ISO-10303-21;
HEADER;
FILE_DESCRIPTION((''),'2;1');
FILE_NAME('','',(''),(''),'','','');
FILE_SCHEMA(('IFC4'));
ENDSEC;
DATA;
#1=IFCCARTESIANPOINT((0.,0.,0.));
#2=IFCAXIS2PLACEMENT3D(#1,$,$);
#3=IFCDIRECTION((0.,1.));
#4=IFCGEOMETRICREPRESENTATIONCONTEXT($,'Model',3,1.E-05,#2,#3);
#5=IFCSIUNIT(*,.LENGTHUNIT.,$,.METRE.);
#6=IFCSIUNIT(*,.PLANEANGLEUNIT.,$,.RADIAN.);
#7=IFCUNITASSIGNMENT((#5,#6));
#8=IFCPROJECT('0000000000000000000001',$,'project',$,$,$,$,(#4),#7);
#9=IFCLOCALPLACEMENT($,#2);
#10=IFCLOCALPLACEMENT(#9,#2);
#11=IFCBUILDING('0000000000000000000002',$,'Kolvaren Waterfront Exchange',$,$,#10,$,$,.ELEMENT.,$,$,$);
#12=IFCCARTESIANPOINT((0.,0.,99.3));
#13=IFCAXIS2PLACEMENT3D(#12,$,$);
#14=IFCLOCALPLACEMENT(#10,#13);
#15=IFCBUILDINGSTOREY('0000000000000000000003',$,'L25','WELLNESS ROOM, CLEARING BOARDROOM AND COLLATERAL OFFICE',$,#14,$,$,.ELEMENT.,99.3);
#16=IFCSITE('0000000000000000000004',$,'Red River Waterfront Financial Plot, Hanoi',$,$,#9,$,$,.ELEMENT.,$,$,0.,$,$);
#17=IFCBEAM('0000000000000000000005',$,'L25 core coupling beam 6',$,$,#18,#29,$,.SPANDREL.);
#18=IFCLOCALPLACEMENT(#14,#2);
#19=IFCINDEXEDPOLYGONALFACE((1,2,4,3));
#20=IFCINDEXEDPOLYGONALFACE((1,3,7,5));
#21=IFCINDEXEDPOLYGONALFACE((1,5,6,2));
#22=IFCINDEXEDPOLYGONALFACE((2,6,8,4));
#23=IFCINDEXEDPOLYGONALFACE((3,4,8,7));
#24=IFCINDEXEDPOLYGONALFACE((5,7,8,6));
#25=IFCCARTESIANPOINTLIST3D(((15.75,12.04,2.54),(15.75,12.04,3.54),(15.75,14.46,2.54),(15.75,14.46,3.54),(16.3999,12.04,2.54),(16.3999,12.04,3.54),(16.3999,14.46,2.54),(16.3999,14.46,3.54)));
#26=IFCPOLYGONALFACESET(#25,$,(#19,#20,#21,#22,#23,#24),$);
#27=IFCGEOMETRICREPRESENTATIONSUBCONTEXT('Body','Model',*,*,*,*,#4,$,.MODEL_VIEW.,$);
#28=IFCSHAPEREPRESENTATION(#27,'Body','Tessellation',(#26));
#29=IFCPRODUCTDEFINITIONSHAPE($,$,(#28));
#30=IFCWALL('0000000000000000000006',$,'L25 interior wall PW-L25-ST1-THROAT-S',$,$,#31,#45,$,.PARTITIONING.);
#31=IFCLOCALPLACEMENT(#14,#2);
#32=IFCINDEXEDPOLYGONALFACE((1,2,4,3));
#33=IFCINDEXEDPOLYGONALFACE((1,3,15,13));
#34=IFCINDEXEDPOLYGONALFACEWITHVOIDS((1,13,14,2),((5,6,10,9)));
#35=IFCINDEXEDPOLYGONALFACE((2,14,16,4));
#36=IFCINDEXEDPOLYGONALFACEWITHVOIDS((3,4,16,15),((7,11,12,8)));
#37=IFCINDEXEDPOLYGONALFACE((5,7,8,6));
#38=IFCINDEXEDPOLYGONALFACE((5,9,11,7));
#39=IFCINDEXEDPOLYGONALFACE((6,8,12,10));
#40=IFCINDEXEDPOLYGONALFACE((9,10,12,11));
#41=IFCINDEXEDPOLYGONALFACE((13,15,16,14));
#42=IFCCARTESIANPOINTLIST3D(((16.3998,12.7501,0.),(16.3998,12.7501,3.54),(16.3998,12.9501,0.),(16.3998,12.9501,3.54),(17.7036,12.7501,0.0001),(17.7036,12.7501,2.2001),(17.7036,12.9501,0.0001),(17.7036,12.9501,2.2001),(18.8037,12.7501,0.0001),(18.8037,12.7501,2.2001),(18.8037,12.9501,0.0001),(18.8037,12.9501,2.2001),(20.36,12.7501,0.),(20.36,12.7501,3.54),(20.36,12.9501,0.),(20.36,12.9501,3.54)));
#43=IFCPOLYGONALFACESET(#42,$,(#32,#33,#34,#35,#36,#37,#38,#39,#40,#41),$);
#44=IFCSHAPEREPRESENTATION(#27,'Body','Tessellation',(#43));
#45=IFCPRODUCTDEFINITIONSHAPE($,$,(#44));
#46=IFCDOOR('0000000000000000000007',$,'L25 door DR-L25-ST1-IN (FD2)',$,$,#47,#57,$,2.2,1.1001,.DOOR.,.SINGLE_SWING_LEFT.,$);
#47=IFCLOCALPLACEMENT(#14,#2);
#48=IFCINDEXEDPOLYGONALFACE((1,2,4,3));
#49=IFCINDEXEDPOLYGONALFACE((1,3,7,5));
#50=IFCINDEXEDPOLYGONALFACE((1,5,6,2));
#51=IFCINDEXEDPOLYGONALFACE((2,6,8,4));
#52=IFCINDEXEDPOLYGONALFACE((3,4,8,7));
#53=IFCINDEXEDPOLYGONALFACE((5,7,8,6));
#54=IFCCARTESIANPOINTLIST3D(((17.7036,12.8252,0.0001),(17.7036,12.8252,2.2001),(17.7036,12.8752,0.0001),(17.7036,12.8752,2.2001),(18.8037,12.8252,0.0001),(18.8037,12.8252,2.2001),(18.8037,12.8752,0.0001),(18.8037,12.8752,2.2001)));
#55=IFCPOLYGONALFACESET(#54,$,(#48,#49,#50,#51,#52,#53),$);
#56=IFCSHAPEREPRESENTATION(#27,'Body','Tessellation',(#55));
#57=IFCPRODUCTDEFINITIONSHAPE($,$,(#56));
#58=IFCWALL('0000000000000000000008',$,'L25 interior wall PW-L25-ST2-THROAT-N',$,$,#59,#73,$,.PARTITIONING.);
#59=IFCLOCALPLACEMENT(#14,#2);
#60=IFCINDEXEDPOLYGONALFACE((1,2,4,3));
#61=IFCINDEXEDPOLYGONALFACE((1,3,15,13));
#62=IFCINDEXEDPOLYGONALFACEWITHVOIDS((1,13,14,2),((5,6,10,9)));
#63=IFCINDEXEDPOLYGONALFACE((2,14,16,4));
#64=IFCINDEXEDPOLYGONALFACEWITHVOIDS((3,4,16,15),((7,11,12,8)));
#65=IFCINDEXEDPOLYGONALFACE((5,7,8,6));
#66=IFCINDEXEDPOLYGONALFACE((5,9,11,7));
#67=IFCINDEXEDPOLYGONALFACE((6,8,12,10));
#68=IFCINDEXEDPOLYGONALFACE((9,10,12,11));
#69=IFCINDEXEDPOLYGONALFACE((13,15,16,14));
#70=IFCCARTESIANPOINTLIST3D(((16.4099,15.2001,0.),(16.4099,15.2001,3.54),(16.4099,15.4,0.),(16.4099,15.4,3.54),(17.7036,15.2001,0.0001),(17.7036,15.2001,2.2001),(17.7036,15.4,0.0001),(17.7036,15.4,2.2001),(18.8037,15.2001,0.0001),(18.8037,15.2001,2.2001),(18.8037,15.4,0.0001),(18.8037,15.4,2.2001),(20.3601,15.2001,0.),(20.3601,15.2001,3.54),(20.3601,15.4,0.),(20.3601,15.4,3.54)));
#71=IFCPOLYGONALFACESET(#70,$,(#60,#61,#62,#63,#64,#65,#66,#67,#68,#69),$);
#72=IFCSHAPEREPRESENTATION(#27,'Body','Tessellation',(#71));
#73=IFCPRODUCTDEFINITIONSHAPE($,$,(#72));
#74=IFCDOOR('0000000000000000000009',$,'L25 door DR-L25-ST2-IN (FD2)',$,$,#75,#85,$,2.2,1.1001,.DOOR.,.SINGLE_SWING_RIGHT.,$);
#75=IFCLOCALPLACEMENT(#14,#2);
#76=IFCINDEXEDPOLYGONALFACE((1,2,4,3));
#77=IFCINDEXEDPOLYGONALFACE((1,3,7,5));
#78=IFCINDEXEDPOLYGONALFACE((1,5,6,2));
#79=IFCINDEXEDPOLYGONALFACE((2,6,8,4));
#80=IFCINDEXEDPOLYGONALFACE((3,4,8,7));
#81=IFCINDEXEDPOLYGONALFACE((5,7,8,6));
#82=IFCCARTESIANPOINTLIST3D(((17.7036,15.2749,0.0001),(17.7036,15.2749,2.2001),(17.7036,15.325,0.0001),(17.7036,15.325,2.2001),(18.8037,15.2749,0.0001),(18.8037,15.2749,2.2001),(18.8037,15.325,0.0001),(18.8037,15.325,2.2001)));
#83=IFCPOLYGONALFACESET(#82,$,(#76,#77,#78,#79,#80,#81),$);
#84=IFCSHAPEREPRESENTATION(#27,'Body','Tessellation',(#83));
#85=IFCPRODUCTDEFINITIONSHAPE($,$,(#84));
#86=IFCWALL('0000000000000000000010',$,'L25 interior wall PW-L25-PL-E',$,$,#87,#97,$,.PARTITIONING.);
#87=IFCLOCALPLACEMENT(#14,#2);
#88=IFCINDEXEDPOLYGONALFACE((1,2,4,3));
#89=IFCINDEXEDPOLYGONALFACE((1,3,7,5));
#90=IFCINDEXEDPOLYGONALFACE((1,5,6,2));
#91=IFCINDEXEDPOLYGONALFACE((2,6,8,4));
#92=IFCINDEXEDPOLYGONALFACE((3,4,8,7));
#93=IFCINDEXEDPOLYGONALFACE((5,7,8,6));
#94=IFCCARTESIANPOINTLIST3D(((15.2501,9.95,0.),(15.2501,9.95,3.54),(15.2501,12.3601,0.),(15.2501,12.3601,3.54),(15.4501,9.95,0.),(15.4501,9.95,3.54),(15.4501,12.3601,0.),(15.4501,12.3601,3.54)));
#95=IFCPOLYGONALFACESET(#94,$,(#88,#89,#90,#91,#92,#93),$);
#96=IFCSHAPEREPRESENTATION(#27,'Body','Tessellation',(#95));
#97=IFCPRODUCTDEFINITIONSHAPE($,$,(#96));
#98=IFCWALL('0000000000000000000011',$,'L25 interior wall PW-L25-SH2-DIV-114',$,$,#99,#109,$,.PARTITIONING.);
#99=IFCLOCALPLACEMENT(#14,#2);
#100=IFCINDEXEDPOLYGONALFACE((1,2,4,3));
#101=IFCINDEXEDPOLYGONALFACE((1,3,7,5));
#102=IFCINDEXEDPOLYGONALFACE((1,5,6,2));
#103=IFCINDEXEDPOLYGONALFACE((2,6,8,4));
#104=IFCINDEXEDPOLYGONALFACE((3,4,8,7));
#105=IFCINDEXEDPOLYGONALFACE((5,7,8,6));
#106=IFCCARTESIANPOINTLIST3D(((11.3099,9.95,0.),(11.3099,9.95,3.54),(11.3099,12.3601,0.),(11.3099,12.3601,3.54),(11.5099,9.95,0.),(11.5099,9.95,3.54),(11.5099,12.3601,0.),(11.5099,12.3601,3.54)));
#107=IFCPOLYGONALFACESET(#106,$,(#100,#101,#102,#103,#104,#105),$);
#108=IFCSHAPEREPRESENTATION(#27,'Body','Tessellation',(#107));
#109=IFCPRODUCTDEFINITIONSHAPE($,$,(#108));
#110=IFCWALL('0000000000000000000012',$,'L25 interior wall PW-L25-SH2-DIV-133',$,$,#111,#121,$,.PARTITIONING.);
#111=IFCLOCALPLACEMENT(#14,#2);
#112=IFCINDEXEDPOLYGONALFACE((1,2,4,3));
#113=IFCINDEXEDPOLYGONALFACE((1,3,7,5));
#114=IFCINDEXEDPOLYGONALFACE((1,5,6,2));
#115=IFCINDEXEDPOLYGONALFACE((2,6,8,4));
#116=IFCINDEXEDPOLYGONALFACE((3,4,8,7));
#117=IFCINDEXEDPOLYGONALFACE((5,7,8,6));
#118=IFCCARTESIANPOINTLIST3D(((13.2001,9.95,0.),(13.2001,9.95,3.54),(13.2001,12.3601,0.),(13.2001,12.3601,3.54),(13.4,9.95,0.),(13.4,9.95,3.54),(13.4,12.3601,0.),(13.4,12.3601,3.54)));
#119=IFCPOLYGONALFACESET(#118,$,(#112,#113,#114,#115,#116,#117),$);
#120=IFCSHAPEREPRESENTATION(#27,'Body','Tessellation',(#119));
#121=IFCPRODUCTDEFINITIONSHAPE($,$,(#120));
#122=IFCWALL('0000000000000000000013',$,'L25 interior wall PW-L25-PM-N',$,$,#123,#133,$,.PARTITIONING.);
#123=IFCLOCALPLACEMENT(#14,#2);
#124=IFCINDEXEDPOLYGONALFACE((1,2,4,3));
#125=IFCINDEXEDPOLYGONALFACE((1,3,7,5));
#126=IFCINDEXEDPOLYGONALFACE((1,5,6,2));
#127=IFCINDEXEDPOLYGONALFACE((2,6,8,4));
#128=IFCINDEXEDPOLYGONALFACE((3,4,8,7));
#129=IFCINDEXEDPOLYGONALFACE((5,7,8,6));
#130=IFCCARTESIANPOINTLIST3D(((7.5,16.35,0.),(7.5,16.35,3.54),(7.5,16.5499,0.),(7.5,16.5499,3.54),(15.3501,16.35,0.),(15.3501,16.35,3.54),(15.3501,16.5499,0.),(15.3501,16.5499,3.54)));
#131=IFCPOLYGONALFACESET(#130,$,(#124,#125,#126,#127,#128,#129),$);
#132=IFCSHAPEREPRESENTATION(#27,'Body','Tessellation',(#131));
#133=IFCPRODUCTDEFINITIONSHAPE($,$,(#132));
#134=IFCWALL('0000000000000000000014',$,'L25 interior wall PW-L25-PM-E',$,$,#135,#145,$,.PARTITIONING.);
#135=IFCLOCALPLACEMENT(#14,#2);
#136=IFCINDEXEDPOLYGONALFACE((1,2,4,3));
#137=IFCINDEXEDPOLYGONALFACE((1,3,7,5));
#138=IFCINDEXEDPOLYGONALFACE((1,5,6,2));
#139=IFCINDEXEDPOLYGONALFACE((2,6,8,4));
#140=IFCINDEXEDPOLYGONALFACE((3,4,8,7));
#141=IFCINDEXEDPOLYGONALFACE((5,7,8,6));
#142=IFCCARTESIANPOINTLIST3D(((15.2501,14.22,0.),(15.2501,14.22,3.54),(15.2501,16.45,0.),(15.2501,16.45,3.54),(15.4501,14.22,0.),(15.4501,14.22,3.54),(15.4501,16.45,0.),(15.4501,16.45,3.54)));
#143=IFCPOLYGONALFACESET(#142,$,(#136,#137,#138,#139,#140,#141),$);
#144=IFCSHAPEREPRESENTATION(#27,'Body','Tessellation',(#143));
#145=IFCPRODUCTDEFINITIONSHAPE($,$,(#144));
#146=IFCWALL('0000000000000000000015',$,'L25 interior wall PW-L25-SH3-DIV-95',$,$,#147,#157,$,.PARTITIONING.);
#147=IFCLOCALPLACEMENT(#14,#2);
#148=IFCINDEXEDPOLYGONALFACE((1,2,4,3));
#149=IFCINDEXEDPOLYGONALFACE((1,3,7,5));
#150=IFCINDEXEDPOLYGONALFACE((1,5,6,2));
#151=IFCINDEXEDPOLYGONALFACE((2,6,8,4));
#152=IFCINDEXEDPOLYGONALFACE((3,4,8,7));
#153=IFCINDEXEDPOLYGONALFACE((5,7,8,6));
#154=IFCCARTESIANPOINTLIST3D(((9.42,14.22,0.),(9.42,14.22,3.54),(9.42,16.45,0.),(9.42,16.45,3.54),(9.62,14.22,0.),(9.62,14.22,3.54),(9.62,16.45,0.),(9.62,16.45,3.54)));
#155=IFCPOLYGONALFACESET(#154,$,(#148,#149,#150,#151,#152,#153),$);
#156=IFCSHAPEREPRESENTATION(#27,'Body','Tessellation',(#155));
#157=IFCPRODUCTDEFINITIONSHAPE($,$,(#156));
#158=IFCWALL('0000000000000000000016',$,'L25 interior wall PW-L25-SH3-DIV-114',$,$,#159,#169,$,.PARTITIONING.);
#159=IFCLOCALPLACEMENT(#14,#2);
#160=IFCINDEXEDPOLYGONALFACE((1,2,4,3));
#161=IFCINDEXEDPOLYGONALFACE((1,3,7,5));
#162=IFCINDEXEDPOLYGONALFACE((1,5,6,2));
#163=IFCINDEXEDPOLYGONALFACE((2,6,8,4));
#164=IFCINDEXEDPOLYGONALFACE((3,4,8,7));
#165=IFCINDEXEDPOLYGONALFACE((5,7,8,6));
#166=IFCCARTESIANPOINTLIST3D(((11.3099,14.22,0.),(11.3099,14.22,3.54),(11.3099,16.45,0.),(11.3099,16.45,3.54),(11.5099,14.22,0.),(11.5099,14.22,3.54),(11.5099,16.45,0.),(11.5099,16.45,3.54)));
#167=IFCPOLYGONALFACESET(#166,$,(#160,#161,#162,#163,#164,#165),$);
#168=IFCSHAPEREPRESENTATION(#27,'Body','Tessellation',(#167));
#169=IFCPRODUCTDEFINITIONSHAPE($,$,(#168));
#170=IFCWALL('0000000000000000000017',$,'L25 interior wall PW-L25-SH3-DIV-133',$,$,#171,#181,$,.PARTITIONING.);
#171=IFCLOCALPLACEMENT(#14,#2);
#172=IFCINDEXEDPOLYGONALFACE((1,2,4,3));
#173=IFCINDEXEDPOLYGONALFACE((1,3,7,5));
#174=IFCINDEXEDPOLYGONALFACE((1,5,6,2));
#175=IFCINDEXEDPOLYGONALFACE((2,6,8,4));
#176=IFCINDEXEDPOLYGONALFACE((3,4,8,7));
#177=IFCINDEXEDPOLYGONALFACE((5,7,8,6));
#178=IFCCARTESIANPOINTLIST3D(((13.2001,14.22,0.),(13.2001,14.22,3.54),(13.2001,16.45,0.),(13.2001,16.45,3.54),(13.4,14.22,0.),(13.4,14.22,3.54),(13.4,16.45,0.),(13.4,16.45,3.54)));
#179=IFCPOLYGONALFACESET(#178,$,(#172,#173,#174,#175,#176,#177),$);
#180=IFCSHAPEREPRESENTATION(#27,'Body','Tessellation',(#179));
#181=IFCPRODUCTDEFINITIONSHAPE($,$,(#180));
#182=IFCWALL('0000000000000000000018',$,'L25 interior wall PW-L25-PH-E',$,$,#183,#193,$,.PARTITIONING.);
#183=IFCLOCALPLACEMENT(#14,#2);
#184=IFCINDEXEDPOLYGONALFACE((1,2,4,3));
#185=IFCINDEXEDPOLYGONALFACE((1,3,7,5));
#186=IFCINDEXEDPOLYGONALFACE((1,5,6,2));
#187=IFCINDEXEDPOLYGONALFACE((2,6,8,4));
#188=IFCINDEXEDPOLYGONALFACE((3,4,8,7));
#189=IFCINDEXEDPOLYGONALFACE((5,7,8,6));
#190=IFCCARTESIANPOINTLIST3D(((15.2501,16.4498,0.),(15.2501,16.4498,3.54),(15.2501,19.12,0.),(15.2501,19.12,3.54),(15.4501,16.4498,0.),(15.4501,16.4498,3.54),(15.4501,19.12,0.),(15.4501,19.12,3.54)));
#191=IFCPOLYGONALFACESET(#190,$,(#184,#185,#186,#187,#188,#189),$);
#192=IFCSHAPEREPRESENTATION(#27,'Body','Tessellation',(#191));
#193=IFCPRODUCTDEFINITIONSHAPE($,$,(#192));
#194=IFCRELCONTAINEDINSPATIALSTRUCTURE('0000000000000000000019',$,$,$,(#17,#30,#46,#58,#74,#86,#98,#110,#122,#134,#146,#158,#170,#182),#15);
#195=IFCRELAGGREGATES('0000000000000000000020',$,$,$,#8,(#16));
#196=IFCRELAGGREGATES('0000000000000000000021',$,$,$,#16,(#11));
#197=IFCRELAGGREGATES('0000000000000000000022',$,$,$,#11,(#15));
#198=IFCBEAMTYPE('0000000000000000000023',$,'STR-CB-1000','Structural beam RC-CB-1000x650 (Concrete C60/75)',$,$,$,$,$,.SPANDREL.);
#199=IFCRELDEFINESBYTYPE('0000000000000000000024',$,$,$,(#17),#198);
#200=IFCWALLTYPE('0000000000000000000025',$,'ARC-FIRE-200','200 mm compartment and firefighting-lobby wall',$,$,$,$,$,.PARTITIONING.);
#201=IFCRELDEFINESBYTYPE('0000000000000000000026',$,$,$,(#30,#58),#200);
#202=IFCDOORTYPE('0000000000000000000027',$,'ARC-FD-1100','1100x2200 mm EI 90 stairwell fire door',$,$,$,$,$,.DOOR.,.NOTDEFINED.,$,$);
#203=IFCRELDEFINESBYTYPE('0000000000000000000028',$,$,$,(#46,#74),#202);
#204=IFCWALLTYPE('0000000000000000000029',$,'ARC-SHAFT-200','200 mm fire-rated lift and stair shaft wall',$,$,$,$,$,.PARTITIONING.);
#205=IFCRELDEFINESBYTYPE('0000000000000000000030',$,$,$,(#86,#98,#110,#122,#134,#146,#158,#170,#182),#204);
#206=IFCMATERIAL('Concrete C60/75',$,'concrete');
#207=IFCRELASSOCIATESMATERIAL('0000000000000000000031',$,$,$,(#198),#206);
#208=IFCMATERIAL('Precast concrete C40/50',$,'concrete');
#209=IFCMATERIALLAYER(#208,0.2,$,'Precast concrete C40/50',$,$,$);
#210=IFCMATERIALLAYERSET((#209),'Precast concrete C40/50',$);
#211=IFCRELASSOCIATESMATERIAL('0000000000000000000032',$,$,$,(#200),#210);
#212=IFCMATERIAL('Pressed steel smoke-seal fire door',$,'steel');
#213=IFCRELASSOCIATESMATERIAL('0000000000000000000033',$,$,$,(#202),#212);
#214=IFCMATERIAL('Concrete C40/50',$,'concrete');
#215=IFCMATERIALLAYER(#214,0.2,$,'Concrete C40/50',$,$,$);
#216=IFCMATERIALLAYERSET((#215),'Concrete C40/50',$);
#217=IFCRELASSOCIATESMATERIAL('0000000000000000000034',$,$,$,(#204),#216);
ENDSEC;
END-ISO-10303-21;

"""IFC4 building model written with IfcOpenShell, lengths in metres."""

from ifc_helpers import new_model, si_unit, direction, frame, frame_2d, origin, origin_2d, place, context, subcontext, project, spatial, rectangle, extrude, material, layer, layer_set, material_profile, profile_set, type_object, element, fill, save


model = new_model("IFC4")

# Units and contexts
model_context = context("Model", 3, precision=1e-05, world=origin(), true_north=direction((0.0, 1.0)))
body_context = subcontext(model_context, "Body", "Model", "MODEL_VIEW")
ifc_project = project(units=[si_unit("LENGTHUNIT", "METRE"), si_unit("PLANEANGLEUNIT", "RADIAN")], contexts=[model_context])

# Site, building, storey
site_placement = place(None, origin())
site = spatial("IfcSite", under=ifc_project, at=site_placement, Name="Red River Waterfront Financial Plot, Hanoi", CompositionType="ELEMENT", RefElevation=0.0)
building_placement = place(site_placement, origin())
building = spatial("IfcBuilding", under=site, at=building_placement, Name="Kolvaren Waterfront Exchange", CompositionType="ELEMENT")
storey_placement = place(building_placement, frame((0.0, 0.0, 99.3)))
storey = spatial("IfcBuildingStorey", under=building, at=storey_placement, Name="L25", Description="WELLNESS ROOM, CLEARING BOARDROOM AND COLLATERAL OFFICE", CompositionType="ELEMENT", Elevation=99.3)

# Beam
ifc_material_1 = material(Name="Concrete C60/75", Category="concrete")
ifc_material_profile = material_profile(ifc_material_1, rectangle(XDim=0.6499, YDim=1.0, at=origin_2d()), Name="RC-CB-1000x650")
ifc_profile_set = profile_set([ifc_material_profile], Name="Concrete C60/75")
beam_type = type_object("IfcBeamType", Name="STR-CB-1000", Description="Structural beam RC-CB-1000x650 (Concrete C60/75)", PredefinedType="SPANDREL", material=ifc_profile_set)
beam_placement = place(storey_placement, frame((16.075, 12.04, 3.04), z_axis=(0.0, 1.0, 0.0), x_axis=(-1.0, 0.0, 0.0)))
element("IfcBeam", 1, at=beam_placement, inside=storey, type_object=beam_type, Name="L25 core coupling beam 6", PredefinedType="SPANDREL", context=body_context, shape_type="SweptSolid", body=[
    extrude(rectangle(XDim=0.6499, YDim=1.0, at=origin_2d()), origin(), (0.0, 0.0, 1.0), 2.4199),
])

# Walls, openings, doors
ifc_material_2 = material(Name="Precast concrete C40/50", Category="concrete")
ifc_layer_1 = layer(ifc_material_2, 0.2, Name="Precast concrete C40/50")
ifc_layer_set_1 = layer_set([ifc_layer_1], Name="Precast concrete C40/50")
wall_type_1 = type_object("IfcWallType", Name="ARC-FIRE-200", Description="200 mm compartment and firefighting-lobby wall", PredefinedType="PARTITIONING", material=ifc_layer_set_1)
wall_1_placement = place(storey_placement, frame((16.3999, 12.8501, 0.0), z_axis=(0.0, 0.0, 1.0), x_axis=(1.0, 0.0, 0.0)))
wall_1 = element("IfcWall", 2, at=wall_1_placement, inside=storey, type_object=wall_type_1, Name="L25 interior wall PW-L25-ST1-THROAT-S", PredefinedType="PARTITIONING", context=body_context, shape_type="SweptSolid", body=[
    extrude(rectangle(XDim=3.9602, YDim=0.2, at=frame_2d((1.98, 0.0))), origin(), (0.0, 0.0, 1.0), 3.54),
])
opening_1_placement = place(wall_1_placement, frame((1.3037, 0.0, 0.0)))
opening_1 = element("IfcOpeningElement", 3, at=opening_1_placement, cuts=wall_1, PredefinedType="OPENING", context=body_context, shape_type="SweptSolid", body=[
    extrude(rectangle(XDim=1.1001, YDim=2.2, at=frame_2d((0.55, 1.1001))), frame((0.0, 0.1099, 0.0), z_axis=(0.0, -1.0, 0.0), x_axis=(1.0, 0.0, 0.0)), (0.0, 0.0, 1.0), 0.22),
])
ifc_material_3 = material(Name="Pressed steel smoke-seal fire door", Category="steel")
door_type = type_object("IfcDoorType", Name="ARC-FD-1100", Description="1100x2200 mm EI 90 stairwell fire door", OperationType="NOTDEFINED", PredefinedType="DOOR", material=ifc_material_3)
door_1_placement = place(opening_1_placement, frame((1.1001, 0.0, 0.0), z_axis=(0.0, 0.0, 1.0), x_axis=(-1.0, 0.0, 0.0)))
door_1 = element("IfcDoor", 4, at=door_1_placement, inside=storey, type_object=door_type, Name="L25 door DR-L25-ST1-IN (FD2)", OperationType="SINGLE_SWING_LEFT", OverallHeight=2.2, OverallWidth=1.1001, PredefinedType="DOOR", context=body_context, shape_type="SweptSolid", body=[
    extrude(rectangle(XDim=1.1001, YDim=2.2, at=frame_2d((0.55, 1.1001))), frame((0.0, 0.0249, 0.0), z_axis=(0.0, -1.0, 0.0), x_axis=(1.0, 0.0, 0.0)), (0.0, 0.0, 1.0), 0.05),
])
fill(opening_1, door_1)
wall_2_placement = place(storey_placement, frame((16.4099, 15.3, 0.0), z_axis=(0.0, 0.0, 1.0), x_axis=(1.0, 0.0, 0.0)))
wall_2 = element("IfcWall", 5, at=wall_2_placement, inside=storey, type_object=wall_type_1, Name="L25 interior wall PW-L25-ST2-THROAT-N", PredefinedType="PARTITIONING", context=body_context, shape_type="SweptSolid", body=[
    extrude(rectangle(XDim=3.9502, YDim=0.2, at=frame_2d((1.9751, 0.0))), origin(), (0.0, 0.0, 1.0), 3.54),
])
opening_2_placement = place(wall_2_placement, frame((1.2937, 0.0, 0.0)))
opening_2 = element("IfcOpeningElement", 6, at=opening_2_placement, cuts=wall_2, PredefinedType="OPENING", context=body_context, shape_type="SweptSolid", body=[
    extrude(rectangle(XDim=1.1001, YDim=2.2, at=frame_2d((0.55, 1.1001))), frame((0.0, 0.1099, 0.0), z_axis=(0.0, -1.0, 0.0), x_axis=(1.0, 0.0, 0.0)), (0.0, 0.0, 1.0), 0.22),
])
door_2_placement = place(opening_2_placement, origin())
door_2 = element("IfcDoor", 7, at=door_2_placement, inside=storey, type_object=door_type, Name="L25 door DR-L25-ST2-IN (FD2)", OperationType="SINGLE_SWING_RIGHT", OverallHeight=2.2, OverallWidth=1.1001, PredefinedType="DOOR", context=body_context, shape_type="SweptSolid", body=[
    extrude(rectangle(XDim=1.1001, YDim=2.2, at=frame_2d((0.55, 1.1001))), frame((0.0, 0.0249, 0.0), z_axis=(0.0, -1.0, 0.0), x_axis=(1.0, 0.0, 0.0)), (0.0, 0.0, 1.0), 0.05),
])
fill(opening_2, door_2)

# Walls
ifc_material_4 = material(Name="Concrete C40/50", Category="concrete")
ifc_layer_2 = layer(ifc_material_4, 0.2, Name="Concrete C40/50")
ifc_layer_set_2 = layer_set([ifc_layer_2], Name="Concrete C40/50")
wall_type_2 = type_object("IfcWallType", Name="ARC-SHAFT-200", Description="200 mm fire-rated lift and stair shaft wall", PredefinedType="PARTITIONING", material=ifc_layer_set_2)
for number, where, z_axis, x_axis, name in (
    (8, (15.3501, 9.95, 0.0), (0.0, 0.0, 1.0), (0.0, 1.0, 0.0), "L25 interior wall PW-L25-PL-E"),
    (9, (11.4099, 9.95, 0.0), (0.0, 0.0, 1.0), (0.0, 1.0, 0.0), "L25 interior wall PW-L25-SH2-DIV-114"),
    (10, (13.3, 9.95, 0.0), (0.0, 0.0, 1.0), (0.0, 1.0, 0.0), "L25 interior wall PW-L25-SH2-DIV-133"),
):
    element("IfcWall", number, at=place(storey_placement, frame(where, z_axis=z_axis, x_axis=x_axis)), inside=storey, type_object=wall_type_2, Name=name, PredefinedType="PARTITIONING", context=body_context, shape_type="SweptSolid", body=[
        extrude(rectangle(XDim=2.4102, YDim=0.2, at=frame_2d((1.2051, 0.0))), origin(), (0.0, 0.0, 1.0), 3.54),
    ])
wall_3_placement = place(storey_placement, frame((7.5, 16.45, 0.0), z_axis=(0.0, 0.0, 1.0), x_axis=(1.0, 0.0, 0.0)))
element("IfcWall", 11, at=wall_3_placement, inside=storey, type_object=wall_type_2, Name="L25 interior wall PW-L25-PM-N", PredefinedType="PARTITIONING", context=body_context, shape_type="SweptSolid", body=[
    extrude(rectangle(XDim=7.8501, YDim=0.2, at=frame_2d((3.925, 0.0))), origin(), (0.0, 0.0, 1.0), 3.54),
])
for number, where, z_axis, x_axis, name in (
    (12, (15.3501, 14.22, 0.0), (0.0, 0.0, 1.0), (0.0, 1.0, 0.0), "L25 interior wall PW-L25-PM-E"),
    (13, (9.52, 14.22, 0.0), (0.0, 0.0, 1.0), (0.0, 1.0, 0.0), "L25 interior wall PW-L25-SH3-DIV-95"),
    (14, (11.4099, 14.22, 0.0), (0.0, 0.0, 1.0), (0.0, 1.0, 0.0), "L25 interior wall PW-L25-SH3-DIV-114"),
    (15, (13.3, 14.22, 0.0), (0.0, 0.0, 1.0), (0.0, 1.0, 0.0), "L25 interior wall PW-L25-SH3-DIV-133"),
):
    element("IfcWall", number, at=place(storey_placement, frame(where, z_axis=z_axis, x_axis=x_axis)), inside=storey, type_object=wall_type_2, Name=name, PredefinedType="PARTITIONING", context=body_context, shape_type="SweptSolid", body=[
        extrude(rectangle(XDim=2.23, YDim=0.2, at=frame_2d((1.115, 0.0))), origin(), (0.0, 0.0, 1.0), 3.54),
    ])
for number, where, z_axis, x_axis, name in (
    (16, (15.3501, 16.45, 0.0), (0.0, 0.0, 1.0), (0.0, 1.0, 0.0), "L25 interior wall PW-L25-PH-E"),
):
    element("IfcWall", number, at=place(storey_placement, frame(where, z_axis=z_axis, x_axis=x_axis)), inside=storey, type_object=wall_type_2, Name=name, PredefinedType="PARTITIONING", context=body_context, shape_type="SweptSolid", body=[
        extrude(rectangle(XDim=2.6702, YDim=0.2, at=frame_2d((1.335, 0.0))), origin(), (0.0, 0.0, 1.0), 3.54),
    ])

save(model, "model.ifc")
